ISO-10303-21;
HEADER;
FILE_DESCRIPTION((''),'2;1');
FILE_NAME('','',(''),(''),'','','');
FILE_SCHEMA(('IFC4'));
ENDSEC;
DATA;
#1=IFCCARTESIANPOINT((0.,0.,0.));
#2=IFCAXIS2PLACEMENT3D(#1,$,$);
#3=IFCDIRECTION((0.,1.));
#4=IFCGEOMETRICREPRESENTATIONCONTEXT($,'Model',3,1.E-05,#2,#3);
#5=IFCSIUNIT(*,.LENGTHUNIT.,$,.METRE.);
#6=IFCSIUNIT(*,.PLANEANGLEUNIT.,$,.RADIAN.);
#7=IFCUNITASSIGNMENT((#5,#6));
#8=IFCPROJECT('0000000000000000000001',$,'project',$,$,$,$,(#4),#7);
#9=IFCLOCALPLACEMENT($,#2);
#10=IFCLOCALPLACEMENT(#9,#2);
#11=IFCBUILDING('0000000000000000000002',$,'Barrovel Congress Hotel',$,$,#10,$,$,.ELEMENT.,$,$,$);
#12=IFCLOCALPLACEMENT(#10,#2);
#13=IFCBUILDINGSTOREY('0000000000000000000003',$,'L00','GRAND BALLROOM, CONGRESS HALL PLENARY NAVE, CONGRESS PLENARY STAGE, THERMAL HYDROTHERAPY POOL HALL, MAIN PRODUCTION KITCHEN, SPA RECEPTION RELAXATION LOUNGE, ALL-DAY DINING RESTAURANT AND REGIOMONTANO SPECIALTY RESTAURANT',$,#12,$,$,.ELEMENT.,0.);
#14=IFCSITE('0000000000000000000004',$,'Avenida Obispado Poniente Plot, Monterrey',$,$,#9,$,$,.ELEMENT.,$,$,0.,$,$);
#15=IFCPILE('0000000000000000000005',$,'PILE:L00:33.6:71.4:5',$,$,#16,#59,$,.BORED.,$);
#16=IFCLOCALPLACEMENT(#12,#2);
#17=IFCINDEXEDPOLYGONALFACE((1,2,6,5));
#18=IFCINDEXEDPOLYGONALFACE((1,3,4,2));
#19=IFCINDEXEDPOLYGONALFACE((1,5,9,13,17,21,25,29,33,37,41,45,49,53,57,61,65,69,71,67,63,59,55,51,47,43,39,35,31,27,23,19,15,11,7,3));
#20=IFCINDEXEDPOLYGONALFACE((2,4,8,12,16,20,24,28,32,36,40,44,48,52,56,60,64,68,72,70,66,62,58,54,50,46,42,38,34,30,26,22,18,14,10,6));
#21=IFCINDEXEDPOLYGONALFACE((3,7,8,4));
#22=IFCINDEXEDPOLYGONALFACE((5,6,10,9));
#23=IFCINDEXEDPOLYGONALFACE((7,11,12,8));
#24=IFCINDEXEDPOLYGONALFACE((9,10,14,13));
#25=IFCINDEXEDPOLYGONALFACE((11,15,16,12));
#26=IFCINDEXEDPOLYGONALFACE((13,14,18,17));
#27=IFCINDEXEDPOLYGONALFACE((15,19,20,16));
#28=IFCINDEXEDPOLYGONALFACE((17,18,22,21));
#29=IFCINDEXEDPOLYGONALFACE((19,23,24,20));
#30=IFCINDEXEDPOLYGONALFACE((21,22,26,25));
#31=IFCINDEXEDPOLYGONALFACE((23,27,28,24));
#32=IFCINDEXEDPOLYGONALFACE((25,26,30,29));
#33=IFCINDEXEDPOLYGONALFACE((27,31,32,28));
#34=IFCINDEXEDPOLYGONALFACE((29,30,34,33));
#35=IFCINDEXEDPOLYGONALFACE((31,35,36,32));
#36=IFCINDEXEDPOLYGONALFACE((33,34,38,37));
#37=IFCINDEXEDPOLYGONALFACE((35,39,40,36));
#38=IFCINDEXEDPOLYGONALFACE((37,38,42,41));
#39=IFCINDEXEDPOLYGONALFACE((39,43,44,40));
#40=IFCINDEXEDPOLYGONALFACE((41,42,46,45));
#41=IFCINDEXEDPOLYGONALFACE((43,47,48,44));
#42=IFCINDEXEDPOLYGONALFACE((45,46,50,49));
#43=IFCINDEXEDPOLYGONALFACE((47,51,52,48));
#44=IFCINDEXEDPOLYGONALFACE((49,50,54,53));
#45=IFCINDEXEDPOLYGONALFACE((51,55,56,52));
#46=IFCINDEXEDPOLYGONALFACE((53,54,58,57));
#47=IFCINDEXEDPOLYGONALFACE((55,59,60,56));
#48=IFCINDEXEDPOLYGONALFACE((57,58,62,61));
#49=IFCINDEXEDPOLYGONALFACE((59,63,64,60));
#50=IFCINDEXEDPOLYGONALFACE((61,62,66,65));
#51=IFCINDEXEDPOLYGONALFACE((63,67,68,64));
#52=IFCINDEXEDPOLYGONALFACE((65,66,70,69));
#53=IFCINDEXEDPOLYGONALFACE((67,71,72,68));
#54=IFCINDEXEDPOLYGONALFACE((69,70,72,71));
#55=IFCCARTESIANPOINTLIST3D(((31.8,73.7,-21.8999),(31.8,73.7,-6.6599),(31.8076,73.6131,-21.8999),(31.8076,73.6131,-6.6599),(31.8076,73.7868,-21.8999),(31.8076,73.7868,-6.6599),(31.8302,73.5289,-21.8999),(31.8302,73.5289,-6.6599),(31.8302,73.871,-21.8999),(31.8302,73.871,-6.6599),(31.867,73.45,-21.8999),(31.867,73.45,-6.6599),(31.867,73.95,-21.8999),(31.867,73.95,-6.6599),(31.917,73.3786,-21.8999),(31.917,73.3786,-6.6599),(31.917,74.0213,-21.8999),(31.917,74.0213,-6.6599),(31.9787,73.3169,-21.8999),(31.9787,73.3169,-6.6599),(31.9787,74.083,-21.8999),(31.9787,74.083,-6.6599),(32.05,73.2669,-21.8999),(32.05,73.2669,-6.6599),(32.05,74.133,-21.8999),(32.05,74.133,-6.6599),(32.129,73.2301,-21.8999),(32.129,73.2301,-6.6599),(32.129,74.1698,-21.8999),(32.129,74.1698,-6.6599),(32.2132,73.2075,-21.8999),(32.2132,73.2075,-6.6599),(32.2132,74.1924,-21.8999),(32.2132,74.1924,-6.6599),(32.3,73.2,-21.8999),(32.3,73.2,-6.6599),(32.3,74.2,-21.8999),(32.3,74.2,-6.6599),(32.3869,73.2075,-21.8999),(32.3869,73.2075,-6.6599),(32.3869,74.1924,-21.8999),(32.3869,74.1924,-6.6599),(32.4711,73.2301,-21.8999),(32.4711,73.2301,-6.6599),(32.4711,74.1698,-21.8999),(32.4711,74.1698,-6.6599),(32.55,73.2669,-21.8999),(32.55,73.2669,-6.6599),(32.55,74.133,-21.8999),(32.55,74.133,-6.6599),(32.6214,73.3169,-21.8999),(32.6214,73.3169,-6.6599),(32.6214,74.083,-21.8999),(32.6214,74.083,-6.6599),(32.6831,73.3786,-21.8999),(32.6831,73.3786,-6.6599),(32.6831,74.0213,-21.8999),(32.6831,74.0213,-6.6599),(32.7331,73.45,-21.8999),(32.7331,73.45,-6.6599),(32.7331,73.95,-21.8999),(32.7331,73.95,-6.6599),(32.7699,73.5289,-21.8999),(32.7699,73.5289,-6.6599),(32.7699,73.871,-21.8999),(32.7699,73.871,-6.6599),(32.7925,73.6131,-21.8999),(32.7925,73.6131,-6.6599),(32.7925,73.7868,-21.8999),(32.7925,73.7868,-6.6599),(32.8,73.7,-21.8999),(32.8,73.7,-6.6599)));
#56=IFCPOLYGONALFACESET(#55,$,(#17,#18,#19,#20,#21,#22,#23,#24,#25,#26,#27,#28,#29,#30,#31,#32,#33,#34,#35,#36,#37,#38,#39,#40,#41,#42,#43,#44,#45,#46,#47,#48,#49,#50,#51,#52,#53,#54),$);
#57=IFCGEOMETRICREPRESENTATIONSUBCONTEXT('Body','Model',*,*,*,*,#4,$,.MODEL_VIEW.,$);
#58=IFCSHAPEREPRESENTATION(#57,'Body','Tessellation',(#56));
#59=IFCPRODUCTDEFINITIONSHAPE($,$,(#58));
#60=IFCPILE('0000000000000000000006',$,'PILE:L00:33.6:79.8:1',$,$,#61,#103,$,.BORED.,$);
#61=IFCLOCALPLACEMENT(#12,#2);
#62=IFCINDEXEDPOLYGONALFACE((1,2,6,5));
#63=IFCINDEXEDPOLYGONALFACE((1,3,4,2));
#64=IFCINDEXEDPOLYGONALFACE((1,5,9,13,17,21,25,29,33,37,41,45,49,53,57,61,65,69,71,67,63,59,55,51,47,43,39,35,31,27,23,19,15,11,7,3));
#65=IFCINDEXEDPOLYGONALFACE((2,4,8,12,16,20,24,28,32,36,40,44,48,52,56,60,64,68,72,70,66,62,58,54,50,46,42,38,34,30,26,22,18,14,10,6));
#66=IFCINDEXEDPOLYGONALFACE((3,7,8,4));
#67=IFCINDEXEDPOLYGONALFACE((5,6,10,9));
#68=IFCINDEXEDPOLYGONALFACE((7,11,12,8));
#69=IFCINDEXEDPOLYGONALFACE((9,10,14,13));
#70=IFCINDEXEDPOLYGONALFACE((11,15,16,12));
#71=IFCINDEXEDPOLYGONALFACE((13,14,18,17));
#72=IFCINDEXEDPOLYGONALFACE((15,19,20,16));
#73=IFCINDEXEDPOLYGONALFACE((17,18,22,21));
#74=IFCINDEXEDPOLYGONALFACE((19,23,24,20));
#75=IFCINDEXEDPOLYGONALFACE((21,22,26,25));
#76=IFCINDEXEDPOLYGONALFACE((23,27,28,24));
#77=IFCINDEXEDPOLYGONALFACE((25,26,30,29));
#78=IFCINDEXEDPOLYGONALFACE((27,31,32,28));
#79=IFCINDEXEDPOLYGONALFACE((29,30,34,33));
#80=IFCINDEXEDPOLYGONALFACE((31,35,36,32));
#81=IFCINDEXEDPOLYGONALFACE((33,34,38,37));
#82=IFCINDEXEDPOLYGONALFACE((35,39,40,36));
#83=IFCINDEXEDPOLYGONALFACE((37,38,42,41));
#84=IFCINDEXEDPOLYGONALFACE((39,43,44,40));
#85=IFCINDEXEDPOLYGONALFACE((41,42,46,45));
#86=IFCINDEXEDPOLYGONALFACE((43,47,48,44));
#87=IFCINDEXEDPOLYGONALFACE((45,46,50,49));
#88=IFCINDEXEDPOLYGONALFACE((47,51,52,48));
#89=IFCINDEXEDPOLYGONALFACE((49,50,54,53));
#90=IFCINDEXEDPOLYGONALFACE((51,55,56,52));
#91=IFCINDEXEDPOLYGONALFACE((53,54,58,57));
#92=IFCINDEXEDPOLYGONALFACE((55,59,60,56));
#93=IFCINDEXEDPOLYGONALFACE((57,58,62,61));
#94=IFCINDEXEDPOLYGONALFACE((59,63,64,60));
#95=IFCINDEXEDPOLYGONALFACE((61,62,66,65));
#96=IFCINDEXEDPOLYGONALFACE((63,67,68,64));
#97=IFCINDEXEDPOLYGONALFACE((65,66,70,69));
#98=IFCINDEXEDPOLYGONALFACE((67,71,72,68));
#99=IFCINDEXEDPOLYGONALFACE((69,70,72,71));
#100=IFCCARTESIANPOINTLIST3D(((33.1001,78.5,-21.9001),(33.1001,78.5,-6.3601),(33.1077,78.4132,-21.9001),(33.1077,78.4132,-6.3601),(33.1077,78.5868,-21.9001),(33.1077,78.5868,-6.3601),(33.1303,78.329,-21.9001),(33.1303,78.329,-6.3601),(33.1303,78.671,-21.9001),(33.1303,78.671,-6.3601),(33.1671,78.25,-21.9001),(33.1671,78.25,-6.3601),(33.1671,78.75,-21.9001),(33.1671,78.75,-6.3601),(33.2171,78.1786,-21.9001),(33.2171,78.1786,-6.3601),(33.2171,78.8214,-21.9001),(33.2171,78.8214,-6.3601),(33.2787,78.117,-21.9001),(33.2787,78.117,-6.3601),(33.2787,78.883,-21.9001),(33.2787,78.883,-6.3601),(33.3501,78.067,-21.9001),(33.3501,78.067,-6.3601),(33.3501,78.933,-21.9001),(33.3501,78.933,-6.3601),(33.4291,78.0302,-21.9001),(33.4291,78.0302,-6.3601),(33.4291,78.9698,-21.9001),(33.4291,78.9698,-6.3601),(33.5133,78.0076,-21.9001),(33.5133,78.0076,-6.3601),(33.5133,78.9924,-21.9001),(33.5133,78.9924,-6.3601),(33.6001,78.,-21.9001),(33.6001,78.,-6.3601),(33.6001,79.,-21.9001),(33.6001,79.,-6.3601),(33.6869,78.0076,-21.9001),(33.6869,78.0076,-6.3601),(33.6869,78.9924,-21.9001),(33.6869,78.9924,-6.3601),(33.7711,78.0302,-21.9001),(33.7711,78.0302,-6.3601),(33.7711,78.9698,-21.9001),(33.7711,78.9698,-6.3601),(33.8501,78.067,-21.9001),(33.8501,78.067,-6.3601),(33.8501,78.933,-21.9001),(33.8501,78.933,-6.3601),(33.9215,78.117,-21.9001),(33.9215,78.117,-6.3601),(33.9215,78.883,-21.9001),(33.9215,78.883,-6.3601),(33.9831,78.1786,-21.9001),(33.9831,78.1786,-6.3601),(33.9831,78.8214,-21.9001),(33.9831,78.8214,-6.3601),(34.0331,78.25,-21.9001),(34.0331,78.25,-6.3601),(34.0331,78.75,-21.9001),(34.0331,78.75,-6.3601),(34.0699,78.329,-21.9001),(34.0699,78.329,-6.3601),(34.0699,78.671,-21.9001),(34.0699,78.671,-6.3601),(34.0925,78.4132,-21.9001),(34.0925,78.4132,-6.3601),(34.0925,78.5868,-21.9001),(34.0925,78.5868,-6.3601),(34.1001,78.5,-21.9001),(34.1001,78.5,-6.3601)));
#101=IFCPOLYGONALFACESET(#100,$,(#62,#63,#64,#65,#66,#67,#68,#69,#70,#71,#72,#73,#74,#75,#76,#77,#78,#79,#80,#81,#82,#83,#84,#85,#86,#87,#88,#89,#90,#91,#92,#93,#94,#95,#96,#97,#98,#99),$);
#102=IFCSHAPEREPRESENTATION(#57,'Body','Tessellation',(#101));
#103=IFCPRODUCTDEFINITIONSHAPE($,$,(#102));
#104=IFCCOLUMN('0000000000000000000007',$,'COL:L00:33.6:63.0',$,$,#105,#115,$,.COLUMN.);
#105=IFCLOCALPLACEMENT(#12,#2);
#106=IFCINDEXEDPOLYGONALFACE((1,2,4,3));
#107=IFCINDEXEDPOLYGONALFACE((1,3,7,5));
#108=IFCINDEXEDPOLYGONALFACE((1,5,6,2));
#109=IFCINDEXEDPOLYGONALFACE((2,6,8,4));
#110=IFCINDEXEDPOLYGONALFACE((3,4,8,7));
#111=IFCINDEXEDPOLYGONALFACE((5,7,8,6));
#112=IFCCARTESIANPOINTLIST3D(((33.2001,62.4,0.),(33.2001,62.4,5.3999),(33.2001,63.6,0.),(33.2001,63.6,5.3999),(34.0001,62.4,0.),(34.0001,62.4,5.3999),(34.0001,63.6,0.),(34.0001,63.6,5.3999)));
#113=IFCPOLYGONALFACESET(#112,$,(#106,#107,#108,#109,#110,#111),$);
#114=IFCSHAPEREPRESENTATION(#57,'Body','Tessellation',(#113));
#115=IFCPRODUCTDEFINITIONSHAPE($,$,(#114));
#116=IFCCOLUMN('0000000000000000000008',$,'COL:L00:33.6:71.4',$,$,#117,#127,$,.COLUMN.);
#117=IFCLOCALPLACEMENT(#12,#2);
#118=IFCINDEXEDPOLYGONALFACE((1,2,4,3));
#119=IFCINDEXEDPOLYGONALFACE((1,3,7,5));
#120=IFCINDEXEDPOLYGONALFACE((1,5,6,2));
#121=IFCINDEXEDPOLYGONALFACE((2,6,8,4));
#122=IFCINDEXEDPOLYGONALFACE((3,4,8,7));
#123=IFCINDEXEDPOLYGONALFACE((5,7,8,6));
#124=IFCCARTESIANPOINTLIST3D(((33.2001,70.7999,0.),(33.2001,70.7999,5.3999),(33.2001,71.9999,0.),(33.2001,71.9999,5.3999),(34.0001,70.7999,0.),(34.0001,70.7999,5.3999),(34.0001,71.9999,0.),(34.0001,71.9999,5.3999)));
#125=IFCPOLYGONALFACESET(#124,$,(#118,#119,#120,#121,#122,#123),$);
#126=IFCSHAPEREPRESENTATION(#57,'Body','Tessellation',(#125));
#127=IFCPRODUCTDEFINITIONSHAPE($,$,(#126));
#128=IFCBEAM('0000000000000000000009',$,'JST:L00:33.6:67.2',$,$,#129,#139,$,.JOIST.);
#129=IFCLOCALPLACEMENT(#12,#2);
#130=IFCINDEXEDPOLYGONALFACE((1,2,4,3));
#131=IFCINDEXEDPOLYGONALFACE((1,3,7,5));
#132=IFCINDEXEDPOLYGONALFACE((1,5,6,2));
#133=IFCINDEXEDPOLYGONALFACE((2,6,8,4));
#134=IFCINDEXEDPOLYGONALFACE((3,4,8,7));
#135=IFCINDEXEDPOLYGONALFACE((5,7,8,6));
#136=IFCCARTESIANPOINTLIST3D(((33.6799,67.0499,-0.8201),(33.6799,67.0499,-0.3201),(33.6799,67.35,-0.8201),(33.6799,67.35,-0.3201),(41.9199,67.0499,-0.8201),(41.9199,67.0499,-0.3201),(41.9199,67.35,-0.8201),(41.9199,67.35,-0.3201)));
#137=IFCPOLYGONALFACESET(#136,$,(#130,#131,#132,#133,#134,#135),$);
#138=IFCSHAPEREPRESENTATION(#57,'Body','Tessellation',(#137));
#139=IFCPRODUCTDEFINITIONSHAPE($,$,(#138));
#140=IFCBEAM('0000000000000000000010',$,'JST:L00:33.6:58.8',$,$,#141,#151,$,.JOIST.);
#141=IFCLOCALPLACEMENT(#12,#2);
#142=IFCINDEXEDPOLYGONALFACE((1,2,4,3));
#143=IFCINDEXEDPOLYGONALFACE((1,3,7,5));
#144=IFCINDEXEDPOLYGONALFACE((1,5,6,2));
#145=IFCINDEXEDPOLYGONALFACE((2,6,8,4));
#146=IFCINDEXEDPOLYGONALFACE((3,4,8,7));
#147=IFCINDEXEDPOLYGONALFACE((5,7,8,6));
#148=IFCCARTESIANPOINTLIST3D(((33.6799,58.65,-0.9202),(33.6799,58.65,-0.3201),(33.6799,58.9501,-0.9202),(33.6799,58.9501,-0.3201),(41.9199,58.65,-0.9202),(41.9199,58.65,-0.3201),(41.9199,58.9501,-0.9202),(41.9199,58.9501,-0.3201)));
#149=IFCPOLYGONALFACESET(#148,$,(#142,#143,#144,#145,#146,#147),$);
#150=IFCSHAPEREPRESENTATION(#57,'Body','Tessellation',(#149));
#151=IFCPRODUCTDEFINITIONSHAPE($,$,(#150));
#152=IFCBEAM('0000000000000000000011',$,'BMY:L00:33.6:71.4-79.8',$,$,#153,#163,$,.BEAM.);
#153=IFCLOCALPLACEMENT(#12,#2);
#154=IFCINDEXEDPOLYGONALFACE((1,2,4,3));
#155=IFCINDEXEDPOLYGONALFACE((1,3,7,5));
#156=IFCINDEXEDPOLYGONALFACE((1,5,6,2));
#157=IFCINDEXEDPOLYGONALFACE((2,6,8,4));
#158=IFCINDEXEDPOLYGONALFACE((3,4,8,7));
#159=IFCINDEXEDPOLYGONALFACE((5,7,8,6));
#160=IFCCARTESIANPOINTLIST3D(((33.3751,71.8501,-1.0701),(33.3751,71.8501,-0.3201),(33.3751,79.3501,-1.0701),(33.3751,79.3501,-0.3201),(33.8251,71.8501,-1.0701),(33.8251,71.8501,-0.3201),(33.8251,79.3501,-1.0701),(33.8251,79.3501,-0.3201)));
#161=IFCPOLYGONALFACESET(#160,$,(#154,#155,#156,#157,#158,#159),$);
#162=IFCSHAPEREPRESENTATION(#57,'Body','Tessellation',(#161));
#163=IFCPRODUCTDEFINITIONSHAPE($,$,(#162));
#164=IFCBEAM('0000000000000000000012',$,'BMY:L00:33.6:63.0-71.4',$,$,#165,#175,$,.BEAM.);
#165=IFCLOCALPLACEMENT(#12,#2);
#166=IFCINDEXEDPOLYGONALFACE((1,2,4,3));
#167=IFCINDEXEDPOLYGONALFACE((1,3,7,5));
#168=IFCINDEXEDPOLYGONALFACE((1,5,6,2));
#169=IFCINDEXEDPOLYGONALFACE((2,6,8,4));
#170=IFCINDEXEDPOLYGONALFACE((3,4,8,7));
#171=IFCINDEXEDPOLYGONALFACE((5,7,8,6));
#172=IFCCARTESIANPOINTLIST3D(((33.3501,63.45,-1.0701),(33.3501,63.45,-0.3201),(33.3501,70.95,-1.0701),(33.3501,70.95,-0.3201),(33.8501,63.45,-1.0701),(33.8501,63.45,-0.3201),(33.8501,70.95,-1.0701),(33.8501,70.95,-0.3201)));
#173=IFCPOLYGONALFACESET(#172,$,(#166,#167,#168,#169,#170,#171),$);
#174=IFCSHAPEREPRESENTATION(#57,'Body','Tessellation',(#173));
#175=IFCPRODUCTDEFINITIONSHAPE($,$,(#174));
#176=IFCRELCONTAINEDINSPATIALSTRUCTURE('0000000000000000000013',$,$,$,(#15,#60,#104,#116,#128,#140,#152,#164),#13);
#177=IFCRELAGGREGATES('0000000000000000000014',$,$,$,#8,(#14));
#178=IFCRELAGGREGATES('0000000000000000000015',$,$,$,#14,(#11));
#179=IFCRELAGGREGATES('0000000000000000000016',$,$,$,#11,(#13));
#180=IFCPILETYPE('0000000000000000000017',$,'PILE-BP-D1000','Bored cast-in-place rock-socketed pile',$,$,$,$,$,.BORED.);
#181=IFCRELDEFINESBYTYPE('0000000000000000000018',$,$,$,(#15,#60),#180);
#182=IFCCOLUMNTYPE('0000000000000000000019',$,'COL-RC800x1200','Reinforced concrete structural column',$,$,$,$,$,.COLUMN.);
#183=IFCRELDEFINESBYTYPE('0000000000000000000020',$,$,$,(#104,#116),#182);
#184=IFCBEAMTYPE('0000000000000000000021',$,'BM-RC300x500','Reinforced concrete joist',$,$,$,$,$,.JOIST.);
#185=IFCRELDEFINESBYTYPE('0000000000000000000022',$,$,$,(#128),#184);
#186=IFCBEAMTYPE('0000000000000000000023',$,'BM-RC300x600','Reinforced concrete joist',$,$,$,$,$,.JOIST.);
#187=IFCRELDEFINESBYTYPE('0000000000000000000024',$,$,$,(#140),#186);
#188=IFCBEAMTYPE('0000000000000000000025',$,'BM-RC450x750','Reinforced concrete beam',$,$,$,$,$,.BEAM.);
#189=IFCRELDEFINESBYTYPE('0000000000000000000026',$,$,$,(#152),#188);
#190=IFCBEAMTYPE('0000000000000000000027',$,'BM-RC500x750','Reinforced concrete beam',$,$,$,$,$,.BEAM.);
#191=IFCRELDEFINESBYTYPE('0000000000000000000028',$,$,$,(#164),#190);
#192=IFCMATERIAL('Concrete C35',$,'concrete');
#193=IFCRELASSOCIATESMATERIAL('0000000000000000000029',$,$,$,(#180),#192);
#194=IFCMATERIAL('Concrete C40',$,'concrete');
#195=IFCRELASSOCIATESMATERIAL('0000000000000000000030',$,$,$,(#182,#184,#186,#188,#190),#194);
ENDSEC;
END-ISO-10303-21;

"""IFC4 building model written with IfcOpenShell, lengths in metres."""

from ifc_helpers import new_model, si_unit, direction, frame, origin, origin_2d, place, context, subcontext, project, spatial, rectangle, circle, extrude, material, material_profile, profile_set, type_object, element, save


model = new_model("IFC4")

# Units and contexts
model_context = context("Model", 3, precision=1e-05, world=origin(), true_north=direction((0.0, 1.0)))
body_context = subcontext(model_context, "Body", "Model", "MODEL_VIEW")
ifc_project = project(units=[si_unit("LENGTHUNIT", "METRE"), si_unit("PLANEANGLEUNIT", "RADIAN")], contexts=[model_context])

# Site, building, storey
site_placement = place(None, origin())
site = spatial("IfcSite", under=ifc_project, at=site_placement, Name="Avenida Obispado Poniente Plot, Monterrey", CompositionType="ELEMENT", RefElevation=0.0)
building_placement = place(site_placement, origin())
building = spatial("IfcBuilding", under=site, at=building_placement, Name="Barrovel Congress Hotel", CompositionType="ELEMENT")
storey_placement = place(building_placement, origin())
storey = spatial("IfcBuildingStorey", under=building, at=storey_placement, Name="L00", Description="GRAND BALLROOM, CONGRESS HALL PLENARY NAVE, CONGRESS PLENARY STAGE, THERMAL HYDROTHERAPY POOL HALL, MAIN PRODUCTION KITCHEN, SPA RECEPTION RELAXATION LOUNGE, ALL-DAY DINING RESTAURANT AND REGIOMONTANO SPECIALTY RESTAURANT", CompositionType="ELEMENT", Elevation=0.0)

# Shared definitions
ifc_material_1 = material(Name="Concrete C40", Category="concrete")

# Piles
ifc_material_2 = material(Name="Concrete C35", Category="concrete")
ifc_material_profile_1 = material_profile(ifc_material_2, circle(Radius=0.5, at=origin_2d()), Name="BP-D1000")
ifc_profile_set_1 = profile_set([ifc_material_profile_1], Name="Concrete C35")
pile_type = type_object("IfcPileType", Name="PILE-BP-D1000", Description="Bored cast-in-place rock-socketed pile", PredefinedType="BORED", material=ifc_profile_set_1)
for number, where, z_axis, x_axis, name in (
    (1, (32.3, 73.7, -6.6599), (0.0, 0.0, -1.0), (1.0, 0.0, 0.0), "PILE:L00:33.6:71.4:5"),
):
    element("IfcPile", number, at=place(storey_placement, frame(where, z_axis=z_axis, x_axis=x_axis)), inside=storey, type_object=pile_type, Name=name, PredefinedType="BORED", context=body_context, shape_type="SweptSolid", body=[
        extrude(circle(Radius=0.5, at=origin_2d()), origin(), (0.0, 0.0, 1.0), 15.24),
    ])
pile_placement = place(storey_placement, frame((33.6001, 78.5, -6.3601), z_axis=(0.0, 0.0, -1.0), x_axis=(1.0, 0.0, 0.0)))
element("IfcPile", 2, at=pile_placement, inside=storey, type_object=pile_type, Name="PILE:L00:33.6:79.8:1", PredefinedType="BORED", context=body_context, shape_type="SweptSolid", body=[
    extrude(circle(Radius=0.5, at=origin_2d()), origin(), (0.0, 0.0, 1.0), 15.54),
])

# Columns
ifc_material_profile_2 = material_profile(ifc_material_1, rectangle(XDim=0.8, YDim=1.2, at=origin_2d()), Name="RC800x1200")
ifc_profile_set_2 = profile_set([ifc_material_profile_2], Name="Concrete C40")
column_type = type_object("IfcColumnType", Name="COL-RC800x1200", Description="Reinforced concrete structural column", PredefinedType="COLUMN", material=ifc_profile_set_2)
for number, where, z_axis, x_axis, name in (
    (3, (33.6001, 63.0, 0.0), (0.0, 0.0, 1.0), (1.0, 0.0, 0.0), "COL:L00:33.6:63.0"),
    (4, (33.6001, 71.3999, 0.0), (0.0, 0.0, 1.0), (1.0, 0.0, 0.0), "COL:L00:33.6:71.4"),
):
    element("IfcColumn", number, at=place(storey_placement, frame(where, z_axis=z_axis, x_axis=x_axis)), inside=storey, type_object=column_type, Name=name, PredefinedType="COLUMN", context=body_context, shape_type="SweptSolid", body=[
        extrude(rectangle(XDim=0.8, YDim=1.2, at=origin_2d()), origin(), (0.0, 0.0, 1.0), 5.3999),
    ])

# Beams
ifc_material_profile_3 = material_profile(ifc_material_1, rectangle(XDim=0.3, YDim=0.5, at=origin_2d()), Name="RC300x500")
ifc_profile_set_3 = profile_set([ifc_material_profile_3], Name="Concrete C40")
beam_type_1 = type_object("IfcBeamType", Name="BM-RC300x500", Description="Reinforced concrete joist", PredefinedType="JOIST", material=ifc_profile_set_3)
beam_1_placement = place(storey_placement, frame((33.6799, 67.2, -0.5701), z_axis=(1.0, 0.0, 0.0), x_axis=(0.0, 1.0, 0.0)))
element("IfcBeam", 5, at=beam_1_placement, inside=storey, type_object=beam_type_1, Name="JST:L00:33.6:67.2", PredefinedType="JOIST", context=body_context, shape_type="SweptSolid", body=[
    extrude(rectangle(XDim=0.3, YDim=0.5, at=origin_2d()), origin(), (0.0, 0.0, 1.0), 8.24),
])
ifc_material_profile_4 = material_profile(ifc_material_1, rectangle(XDim=0.3, YDim=0.6001, at=origin_2d()), Name="RC300x600")
ifc_profile_set_4 = profile_set([ifc_material_profile_4], Name="Concrete C40")
beam_type_2 = type_object("IfcBeamType", Name="BM-RC300x600", Description="Reinforced concrete joist", PredefinedType="JOIST", material=ifc_profile_set_4)
beam_2_placement = place(storey_placement, frame((33.6799, 58.8, -0.6201), z_axis=(1.0, 0.0, 0.0), x_axis=(0.0, 1.0, 0.0)))
element("IfcBeam", 6, at=beam_2_placement, inside=storey, type_object=beam_type_2, Name="JST:L00:33.6:58.8", PredefinedType="JOIST", context=body_context, shape_type="SweptSolid", body=[
    extrude(rectangle(XDim=0.3, YDim=0.6001, at=origin_2d()), origin(), (0.0, 0.0, 1.0), 8.24),
])
ifc_material_profile_5 = material_profile(ifc_material_1, rectangle(XDim=0.45, YDim=0.75, at=origin_2d()), Name="RC450x750")
ifc_profile_set_5 = profile_set([ifc_material_profile_5], Name="Concrete C40")
beam_type_3 = type_object("IfcBeamType", Name="BM-RC450x750", Description="Reinforced concrete beam", PredefinedType="BEAM", material=ifc_profile_set_5)
beam_3_placement = place(storey_placement, frame((33.6001, 71.8501, -0.6951), z_axis=(0.0, 1.0, 0.0), x_axis=(-1.0, 0.0, 0.0)))
element("IfcBeam", 7, at=beam_3_placement, inside=storey, type_object=beam_type_3, Name="BMY:L00:33.6:71.4-79.8", PredefinedType="BEAM", context=body_context, shape_type="SweptSolid", body=[
    extrude(rectangle(XDim=0.45, YDim=0.75, at=origin_2d()), origin(), (0.0, 0.0, 1.0), 7.5),
])
ifc_material_profile_6 = material_profile(ifc_material_1, rectangle(XDim=0.5, YDim=0.75, at=origin_2d()), Name="RC500x750")
ifc_profile_set_6 = profile_set([ifc_material_profile_6], Name="Concrete C40")
beam_type_4 = type_object("IfcBeamType", Name="BM-RC500x750", Description="Reinforced concrete beam", PredefinedType="BEAM", material=ifc_profile_set_6)
beam_4_placement = place(storey_placement, frame((33.6001, 63.45, -0.6951), z_axis=(0.0, 1.0, 0.0), x_axis=(-1.0, 0.0, 0.0)))
element("IfcBeam", 8, at=beam_4_placement, inside=storey, type_object=beam_type_4, Name="BMY:L00:33.6:63.0-71.4", PredefinedType="BEAM", context=body_context, shape_type="SweptSolid", body=[
    extrude(rectangle(XDim=0.5, YDim=0.75, at=origin_2d()), origin(), (0.0, 0.0, 1.0), 7.5),
])

save(model, "model.ifc")
